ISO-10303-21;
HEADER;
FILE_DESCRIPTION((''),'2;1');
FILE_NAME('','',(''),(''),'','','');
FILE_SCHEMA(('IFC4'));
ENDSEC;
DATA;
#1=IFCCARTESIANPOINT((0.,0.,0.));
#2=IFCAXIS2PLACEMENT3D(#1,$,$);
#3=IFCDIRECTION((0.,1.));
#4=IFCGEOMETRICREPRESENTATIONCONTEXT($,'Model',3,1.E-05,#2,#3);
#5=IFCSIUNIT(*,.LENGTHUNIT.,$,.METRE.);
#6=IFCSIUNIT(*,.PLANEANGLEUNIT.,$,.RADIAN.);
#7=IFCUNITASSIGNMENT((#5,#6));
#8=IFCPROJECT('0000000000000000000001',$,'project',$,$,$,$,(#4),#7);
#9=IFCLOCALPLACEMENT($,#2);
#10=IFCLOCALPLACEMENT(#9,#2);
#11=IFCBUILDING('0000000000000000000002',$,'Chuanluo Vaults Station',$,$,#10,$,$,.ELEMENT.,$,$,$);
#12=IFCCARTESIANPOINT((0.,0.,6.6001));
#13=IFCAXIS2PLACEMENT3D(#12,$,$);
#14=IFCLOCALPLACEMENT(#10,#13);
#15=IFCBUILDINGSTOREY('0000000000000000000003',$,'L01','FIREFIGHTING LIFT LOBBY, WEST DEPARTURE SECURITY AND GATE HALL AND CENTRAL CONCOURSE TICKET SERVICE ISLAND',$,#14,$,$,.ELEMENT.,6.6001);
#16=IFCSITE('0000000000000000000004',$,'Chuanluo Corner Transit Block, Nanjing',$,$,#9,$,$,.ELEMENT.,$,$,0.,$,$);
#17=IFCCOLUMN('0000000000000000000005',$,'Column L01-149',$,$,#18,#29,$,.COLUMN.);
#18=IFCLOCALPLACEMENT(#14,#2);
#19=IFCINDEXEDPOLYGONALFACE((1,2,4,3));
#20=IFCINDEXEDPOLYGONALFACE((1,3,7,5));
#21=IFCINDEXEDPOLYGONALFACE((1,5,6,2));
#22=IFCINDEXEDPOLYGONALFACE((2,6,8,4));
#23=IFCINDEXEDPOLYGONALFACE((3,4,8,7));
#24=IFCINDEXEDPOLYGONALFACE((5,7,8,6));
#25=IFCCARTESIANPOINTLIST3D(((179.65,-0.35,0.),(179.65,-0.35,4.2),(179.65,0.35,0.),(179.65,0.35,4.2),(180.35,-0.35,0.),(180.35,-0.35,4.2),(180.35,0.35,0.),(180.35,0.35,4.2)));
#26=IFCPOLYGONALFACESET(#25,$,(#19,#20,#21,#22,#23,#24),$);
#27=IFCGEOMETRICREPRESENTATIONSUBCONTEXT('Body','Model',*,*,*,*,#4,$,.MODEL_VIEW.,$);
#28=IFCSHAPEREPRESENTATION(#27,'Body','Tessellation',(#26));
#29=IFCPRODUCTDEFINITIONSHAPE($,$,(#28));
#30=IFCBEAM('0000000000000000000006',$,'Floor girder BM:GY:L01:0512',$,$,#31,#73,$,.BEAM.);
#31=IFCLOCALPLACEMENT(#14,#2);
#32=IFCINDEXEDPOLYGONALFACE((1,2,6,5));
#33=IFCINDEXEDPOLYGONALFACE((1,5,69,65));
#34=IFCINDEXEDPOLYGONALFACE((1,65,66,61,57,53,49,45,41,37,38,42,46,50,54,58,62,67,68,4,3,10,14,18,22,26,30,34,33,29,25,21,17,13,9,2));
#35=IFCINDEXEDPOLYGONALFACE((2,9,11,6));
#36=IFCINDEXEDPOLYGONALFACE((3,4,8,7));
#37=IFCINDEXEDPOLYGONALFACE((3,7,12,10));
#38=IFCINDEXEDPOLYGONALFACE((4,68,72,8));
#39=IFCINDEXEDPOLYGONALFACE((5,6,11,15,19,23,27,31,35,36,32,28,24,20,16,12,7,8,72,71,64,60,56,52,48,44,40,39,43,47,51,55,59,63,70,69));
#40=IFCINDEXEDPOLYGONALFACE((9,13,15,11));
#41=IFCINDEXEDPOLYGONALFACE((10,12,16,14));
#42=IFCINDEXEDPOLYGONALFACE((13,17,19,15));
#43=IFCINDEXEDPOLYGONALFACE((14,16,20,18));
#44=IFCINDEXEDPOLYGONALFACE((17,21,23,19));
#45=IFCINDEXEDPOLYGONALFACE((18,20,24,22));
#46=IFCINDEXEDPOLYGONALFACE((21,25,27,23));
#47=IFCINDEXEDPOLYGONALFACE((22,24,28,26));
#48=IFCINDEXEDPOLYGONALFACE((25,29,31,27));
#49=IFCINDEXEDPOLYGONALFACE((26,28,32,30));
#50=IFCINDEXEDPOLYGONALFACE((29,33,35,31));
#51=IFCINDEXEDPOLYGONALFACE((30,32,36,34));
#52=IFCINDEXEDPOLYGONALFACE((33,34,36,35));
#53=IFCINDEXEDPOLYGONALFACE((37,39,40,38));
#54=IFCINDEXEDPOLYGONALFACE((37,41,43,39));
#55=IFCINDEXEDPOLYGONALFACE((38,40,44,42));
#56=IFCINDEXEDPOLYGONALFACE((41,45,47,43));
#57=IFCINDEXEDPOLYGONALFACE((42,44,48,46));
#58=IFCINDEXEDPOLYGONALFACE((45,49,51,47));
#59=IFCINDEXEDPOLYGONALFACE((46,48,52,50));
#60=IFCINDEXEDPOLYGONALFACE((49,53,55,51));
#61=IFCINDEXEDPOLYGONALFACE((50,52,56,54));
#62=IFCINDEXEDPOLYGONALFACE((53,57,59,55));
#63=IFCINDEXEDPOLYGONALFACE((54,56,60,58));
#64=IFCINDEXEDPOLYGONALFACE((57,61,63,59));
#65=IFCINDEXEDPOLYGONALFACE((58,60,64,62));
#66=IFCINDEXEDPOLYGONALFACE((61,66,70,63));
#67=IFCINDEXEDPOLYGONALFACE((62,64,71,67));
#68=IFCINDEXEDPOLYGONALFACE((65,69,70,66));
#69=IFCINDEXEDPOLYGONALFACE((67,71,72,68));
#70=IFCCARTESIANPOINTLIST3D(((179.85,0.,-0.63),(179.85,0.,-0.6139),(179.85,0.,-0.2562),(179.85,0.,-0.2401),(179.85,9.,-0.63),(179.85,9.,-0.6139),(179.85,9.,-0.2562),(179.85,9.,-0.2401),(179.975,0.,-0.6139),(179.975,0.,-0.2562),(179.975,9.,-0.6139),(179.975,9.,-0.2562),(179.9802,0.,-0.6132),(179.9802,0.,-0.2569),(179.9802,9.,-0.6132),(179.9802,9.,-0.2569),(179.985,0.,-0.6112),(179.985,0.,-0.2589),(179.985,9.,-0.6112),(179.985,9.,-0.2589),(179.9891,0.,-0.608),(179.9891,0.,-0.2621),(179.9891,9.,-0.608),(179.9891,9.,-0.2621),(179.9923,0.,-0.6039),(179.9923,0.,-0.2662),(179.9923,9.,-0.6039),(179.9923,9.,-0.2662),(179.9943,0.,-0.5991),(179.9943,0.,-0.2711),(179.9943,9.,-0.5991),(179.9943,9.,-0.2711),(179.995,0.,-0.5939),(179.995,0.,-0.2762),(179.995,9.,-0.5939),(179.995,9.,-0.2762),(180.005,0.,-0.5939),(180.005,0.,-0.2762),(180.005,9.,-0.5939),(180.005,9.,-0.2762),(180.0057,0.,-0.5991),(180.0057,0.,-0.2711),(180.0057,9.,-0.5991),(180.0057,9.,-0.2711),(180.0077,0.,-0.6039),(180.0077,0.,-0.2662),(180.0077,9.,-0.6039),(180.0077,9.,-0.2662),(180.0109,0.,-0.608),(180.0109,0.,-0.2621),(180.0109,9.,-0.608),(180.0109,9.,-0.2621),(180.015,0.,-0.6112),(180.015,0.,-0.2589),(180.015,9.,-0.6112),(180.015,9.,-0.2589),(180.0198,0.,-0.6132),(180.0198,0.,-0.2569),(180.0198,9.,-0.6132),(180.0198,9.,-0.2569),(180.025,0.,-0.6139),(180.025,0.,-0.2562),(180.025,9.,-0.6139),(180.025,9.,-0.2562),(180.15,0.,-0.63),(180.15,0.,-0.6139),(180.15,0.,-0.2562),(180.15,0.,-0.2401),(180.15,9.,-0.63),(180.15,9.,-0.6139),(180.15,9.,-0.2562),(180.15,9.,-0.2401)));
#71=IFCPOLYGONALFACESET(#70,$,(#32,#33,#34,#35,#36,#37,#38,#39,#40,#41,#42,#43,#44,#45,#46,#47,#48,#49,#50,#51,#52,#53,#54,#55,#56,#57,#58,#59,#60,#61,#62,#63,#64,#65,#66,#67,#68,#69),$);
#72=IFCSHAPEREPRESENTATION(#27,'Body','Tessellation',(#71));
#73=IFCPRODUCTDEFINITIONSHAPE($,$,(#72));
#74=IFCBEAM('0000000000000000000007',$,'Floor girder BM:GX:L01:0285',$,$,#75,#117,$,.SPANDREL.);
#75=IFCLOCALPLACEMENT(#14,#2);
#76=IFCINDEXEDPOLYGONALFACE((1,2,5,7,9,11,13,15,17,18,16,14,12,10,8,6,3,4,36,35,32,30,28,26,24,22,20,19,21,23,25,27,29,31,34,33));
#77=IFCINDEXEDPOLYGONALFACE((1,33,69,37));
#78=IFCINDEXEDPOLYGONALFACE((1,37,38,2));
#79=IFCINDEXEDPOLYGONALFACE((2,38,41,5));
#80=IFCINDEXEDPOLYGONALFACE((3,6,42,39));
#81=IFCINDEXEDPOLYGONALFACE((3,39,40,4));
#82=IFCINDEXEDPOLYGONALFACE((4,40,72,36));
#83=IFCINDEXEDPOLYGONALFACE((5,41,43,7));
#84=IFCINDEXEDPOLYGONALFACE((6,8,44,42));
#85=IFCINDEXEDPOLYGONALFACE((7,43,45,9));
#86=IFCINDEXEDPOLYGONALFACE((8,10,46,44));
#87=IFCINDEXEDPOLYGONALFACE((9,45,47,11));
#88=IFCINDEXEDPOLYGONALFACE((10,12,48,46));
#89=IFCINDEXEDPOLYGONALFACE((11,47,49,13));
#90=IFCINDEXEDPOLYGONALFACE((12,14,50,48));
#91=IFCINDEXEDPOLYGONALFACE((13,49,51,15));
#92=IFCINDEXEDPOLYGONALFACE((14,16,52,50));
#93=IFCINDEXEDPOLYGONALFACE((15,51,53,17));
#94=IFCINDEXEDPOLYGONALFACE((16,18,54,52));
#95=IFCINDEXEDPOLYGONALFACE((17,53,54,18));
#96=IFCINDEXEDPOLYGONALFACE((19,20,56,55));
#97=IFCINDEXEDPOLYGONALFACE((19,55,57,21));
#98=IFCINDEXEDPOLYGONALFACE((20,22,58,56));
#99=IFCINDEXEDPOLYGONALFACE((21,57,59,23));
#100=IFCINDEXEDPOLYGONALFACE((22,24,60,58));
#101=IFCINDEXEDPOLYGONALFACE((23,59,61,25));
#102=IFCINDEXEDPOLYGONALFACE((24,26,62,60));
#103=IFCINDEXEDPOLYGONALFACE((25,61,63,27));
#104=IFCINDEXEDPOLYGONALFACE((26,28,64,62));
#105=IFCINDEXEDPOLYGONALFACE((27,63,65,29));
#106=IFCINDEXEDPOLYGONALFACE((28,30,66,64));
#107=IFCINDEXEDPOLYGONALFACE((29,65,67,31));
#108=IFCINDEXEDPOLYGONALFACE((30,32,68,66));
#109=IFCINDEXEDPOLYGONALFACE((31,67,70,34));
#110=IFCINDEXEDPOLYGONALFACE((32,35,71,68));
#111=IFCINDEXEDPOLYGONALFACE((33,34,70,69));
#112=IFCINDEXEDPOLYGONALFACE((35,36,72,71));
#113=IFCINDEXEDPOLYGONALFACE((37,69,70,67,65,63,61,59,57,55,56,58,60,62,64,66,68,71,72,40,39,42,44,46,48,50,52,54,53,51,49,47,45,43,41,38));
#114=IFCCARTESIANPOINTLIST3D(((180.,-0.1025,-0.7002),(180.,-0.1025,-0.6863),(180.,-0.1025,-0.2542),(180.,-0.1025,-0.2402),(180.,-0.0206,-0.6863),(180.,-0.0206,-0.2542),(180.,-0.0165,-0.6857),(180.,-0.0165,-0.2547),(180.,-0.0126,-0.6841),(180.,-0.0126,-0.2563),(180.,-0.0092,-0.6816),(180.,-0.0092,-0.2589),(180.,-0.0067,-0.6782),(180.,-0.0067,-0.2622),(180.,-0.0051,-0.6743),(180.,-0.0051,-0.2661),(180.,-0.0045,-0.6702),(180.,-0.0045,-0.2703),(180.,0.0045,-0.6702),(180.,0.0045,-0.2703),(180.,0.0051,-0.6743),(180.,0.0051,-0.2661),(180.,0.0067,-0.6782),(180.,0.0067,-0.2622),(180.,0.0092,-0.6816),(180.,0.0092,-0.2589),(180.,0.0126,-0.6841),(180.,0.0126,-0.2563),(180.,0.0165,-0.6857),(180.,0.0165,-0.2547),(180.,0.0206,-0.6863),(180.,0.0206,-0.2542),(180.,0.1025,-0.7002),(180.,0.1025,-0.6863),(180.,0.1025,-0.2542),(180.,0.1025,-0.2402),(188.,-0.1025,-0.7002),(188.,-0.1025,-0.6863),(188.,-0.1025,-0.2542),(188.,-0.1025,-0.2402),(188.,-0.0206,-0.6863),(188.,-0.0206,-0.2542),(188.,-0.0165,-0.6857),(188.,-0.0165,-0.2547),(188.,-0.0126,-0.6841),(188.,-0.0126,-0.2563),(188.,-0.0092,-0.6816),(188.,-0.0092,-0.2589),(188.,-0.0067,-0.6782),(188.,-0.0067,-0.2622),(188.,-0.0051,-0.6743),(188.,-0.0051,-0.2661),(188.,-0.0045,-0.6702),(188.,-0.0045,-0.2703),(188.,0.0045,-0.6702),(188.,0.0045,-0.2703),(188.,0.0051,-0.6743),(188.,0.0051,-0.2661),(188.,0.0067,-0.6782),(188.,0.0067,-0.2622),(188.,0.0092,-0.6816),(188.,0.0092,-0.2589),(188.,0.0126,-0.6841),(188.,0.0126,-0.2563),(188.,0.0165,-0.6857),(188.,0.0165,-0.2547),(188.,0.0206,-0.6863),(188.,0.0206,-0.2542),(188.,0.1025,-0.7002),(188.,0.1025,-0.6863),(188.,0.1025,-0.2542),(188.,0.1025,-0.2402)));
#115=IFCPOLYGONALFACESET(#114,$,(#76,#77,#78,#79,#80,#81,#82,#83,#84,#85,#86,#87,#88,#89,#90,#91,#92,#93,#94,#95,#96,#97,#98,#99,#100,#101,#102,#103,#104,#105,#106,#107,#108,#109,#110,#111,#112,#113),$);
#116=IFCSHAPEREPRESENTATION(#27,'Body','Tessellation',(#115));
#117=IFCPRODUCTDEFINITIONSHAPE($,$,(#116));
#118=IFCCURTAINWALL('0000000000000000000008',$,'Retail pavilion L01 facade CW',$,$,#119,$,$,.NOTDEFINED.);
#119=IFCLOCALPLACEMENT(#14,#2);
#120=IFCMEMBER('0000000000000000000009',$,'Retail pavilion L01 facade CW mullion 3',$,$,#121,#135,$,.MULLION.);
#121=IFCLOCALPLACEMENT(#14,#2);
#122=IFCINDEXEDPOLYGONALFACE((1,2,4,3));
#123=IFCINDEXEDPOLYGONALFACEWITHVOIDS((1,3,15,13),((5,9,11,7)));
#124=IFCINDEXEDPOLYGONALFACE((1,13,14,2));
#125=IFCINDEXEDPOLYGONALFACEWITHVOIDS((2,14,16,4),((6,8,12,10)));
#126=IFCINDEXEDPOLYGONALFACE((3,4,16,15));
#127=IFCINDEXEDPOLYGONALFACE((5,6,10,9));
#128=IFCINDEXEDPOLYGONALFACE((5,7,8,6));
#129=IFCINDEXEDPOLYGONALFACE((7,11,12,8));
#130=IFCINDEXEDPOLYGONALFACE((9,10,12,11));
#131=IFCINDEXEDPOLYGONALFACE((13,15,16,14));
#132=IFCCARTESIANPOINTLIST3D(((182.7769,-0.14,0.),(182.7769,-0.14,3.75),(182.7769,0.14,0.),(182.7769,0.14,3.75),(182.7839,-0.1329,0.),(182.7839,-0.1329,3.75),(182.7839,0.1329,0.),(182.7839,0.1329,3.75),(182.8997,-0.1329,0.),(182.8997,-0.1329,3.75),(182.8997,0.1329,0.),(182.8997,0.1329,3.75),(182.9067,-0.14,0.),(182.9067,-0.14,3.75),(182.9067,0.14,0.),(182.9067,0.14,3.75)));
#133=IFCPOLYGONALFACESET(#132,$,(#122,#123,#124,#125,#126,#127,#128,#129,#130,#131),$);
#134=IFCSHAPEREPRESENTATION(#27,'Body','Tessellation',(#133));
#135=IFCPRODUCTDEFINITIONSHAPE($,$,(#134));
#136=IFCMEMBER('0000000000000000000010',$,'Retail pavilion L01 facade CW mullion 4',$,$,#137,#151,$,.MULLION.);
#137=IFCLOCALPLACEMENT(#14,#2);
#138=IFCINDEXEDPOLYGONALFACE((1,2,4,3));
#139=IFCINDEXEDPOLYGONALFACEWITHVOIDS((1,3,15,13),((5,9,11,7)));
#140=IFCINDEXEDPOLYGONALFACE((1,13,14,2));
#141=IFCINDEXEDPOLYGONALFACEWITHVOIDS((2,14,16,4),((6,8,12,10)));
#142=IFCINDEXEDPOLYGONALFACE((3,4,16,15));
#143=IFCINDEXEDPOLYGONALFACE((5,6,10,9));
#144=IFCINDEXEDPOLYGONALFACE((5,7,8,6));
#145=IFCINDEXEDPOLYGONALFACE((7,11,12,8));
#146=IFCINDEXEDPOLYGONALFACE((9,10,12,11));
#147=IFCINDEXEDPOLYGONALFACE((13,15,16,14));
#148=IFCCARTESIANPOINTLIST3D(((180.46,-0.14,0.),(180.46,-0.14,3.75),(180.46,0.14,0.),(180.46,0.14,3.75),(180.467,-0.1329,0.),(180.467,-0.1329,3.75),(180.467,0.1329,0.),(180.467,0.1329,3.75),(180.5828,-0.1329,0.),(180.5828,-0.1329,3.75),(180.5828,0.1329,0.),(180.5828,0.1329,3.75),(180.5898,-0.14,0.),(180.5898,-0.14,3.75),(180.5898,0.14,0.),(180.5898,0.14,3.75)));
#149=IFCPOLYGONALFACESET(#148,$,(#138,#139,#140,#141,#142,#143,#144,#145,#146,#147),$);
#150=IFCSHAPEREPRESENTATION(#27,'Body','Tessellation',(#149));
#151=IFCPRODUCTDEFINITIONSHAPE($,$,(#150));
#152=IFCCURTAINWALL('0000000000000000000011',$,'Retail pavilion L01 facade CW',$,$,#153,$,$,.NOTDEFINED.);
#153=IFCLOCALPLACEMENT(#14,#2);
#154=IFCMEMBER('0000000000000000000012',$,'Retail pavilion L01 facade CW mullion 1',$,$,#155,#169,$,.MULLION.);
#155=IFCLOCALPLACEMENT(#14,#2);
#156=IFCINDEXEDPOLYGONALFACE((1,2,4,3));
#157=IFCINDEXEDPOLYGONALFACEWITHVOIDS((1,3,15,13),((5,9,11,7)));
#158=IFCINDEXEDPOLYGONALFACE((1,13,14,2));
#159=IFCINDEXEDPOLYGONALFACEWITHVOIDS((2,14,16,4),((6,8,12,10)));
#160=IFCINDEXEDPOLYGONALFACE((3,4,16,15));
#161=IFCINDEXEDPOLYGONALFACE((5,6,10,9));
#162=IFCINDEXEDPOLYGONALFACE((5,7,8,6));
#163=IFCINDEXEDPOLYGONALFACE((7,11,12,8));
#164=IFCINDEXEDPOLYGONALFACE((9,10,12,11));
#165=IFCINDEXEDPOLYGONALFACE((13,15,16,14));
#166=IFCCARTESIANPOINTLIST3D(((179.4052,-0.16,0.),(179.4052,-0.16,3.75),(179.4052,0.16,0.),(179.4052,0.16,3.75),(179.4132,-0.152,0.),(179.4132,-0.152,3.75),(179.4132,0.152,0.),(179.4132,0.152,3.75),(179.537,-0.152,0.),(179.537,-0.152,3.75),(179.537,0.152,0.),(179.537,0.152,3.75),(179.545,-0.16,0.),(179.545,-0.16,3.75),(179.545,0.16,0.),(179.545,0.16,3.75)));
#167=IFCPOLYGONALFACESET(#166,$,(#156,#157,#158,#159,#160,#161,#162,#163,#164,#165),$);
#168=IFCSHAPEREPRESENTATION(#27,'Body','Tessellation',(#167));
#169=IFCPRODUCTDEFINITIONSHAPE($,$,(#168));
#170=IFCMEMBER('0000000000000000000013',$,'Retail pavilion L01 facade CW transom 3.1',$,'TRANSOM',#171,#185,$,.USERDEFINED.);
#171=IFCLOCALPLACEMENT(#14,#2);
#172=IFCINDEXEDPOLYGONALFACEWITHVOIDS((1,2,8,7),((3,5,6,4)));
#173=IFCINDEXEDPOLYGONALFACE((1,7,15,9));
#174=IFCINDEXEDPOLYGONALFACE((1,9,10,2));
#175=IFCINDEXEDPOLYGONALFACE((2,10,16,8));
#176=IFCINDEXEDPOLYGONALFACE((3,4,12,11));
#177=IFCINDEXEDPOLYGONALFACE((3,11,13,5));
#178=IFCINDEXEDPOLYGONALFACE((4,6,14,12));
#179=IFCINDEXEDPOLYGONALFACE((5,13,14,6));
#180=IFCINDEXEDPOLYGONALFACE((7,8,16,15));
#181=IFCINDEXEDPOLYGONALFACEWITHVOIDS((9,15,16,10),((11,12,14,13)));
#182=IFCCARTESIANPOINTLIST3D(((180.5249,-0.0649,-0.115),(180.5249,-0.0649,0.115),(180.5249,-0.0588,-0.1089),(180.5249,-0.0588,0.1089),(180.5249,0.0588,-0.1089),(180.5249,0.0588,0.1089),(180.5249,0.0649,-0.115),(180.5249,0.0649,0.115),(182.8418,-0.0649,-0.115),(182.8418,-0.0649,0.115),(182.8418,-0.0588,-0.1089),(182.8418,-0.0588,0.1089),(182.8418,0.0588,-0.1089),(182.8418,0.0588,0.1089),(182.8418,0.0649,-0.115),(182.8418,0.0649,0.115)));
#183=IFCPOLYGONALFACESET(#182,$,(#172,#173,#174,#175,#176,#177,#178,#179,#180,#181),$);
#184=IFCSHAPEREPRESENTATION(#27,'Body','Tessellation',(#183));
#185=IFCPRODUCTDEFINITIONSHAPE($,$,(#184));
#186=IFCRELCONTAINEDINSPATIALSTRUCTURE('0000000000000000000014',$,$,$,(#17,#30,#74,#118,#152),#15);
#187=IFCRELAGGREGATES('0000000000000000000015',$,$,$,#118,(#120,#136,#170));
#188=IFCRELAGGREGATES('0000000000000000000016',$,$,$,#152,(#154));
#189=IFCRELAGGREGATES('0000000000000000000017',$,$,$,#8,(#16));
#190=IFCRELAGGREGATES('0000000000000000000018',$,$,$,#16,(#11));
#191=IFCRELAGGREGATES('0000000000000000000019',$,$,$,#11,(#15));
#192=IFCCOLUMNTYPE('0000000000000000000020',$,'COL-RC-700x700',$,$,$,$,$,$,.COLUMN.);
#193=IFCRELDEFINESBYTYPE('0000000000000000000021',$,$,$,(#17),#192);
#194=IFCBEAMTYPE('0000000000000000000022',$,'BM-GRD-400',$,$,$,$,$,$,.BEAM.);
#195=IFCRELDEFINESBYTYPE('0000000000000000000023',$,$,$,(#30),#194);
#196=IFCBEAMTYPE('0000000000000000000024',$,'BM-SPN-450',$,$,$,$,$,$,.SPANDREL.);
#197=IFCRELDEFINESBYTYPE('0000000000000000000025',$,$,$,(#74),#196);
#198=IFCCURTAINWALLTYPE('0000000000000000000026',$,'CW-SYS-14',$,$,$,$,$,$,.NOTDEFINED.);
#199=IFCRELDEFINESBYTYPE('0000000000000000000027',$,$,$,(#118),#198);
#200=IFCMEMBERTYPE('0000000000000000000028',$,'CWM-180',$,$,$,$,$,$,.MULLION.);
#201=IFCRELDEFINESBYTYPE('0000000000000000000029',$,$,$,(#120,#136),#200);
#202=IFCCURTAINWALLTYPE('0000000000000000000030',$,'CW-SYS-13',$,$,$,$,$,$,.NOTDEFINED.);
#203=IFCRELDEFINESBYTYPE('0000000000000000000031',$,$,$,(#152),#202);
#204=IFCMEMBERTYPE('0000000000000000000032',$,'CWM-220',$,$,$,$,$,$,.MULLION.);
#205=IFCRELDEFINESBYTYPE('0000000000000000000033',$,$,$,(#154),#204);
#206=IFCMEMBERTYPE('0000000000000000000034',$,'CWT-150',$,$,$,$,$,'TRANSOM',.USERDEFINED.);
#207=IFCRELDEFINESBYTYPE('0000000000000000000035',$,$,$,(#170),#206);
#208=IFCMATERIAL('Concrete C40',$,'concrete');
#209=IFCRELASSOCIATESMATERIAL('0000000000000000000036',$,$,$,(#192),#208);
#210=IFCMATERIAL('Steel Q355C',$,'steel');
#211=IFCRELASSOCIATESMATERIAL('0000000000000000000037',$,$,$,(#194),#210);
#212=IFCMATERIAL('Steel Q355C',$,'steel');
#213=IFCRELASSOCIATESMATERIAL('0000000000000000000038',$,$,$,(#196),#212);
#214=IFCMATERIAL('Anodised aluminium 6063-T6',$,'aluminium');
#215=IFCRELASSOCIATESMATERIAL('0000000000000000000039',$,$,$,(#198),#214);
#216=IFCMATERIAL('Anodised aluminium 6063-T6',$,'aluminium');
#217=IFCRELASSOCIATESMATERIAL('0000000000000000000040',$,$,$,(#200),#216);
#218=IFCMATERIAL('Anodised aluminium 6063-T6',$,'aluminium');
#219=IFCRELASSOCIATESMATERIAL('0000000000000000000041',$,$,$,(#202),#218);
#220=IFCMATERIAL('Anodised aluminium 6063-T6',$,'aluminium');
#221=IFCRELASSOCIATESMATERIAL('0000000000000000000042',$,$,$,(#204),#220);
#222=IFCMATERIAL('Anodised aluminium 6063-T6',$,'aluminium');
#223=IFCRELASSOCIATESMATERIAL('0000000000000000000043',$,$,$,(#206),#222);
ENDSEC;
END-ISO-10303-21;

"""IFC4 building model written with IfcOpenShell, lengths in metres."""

from ifc_helpers import new_model, si_unit, direction, frame, origin, origin_2d, place, context, subcontext, project, spatial, rectangle, hollow_rectangle, i_section, extrude, material, material_profile, profile_set, type_object, element, aggregate, save


model = new_model("IFC4")

# Units and contexts
model_context = context("Model", 3, precision=1e-05, world=origin(), true_north=direction((0.0, 1.0)))
body_context = subcontext(model_context, "Body", "Model", "MODEL_VIEW")
ifc_project = project(units=[si_unit("LENGTHUNIT", "METRE"), si_unit("PLANEANGLEUNIT", "RADIAN")], contexts=[model_context])

# Site, building, storey
site_placement = place(None, origin())
site = spatial("IfcSite", under=ifc_project, at=site_placement, Name="Chuanluo Corner Transit Block, Nanjing", CompositionType="ELEMENT", RefElevation=0.0)
building_placement = place(site_placement, origin())
building = spatial("IfcBuilding", under=site, at=building_placement, Name="Chuanluo Vaults Station", CompositionType="ELEMENT")
storey_placement = place(building_placement, frame((0.0, 0.0, 6.6001)))
storey = spatial("IfcBuildingStorey", under=building, at=storey_placement, Name="L01", Description="FIREFIGHTING LIFT LOBBY, WEST DEPARTURE SECURITY AND GATE HALL AND CENTRAL CONCOURSE TICKET SERVICE ISLAND", CompositionType="ELEMENT", Elevation=6.6001)

# Column
ifc_material_1 = material(Name="Concrete C40", Category="concrete")
ifc_material_profile_1 = material_profile(ifc_material_1, rectangle(XDim=0.7, YDim=0.7, at=origin_2d()))
ifc_profile_set_1 = profile_set([ifc_material_profile_1], Name="Concrete C40")
column_type = type_object("IfcColumnType", Name="COL-RC-700x700", PredefinedType="COLUMN", material=ifc_profile_set_1)
column_placement = place(storey_placement, frame((180.0, 0.0, 0.0), z_axis=(0.0, 0.0, 1.0), x_axis=(1.0, 0.0, 0.0)))
element("IfcColumn", 1, at=column_placement, inside=storey, type_object=column_type, Name="Column L01-149", PredefinedType="COLUMN", context=body_context, shape_type="SweptSolid", body=[
    extrude(rectangle(XDim=0.7, YDim=0.7, at=origin_2d()), origin(), (0.0, 0.0, 1.0), 4.2),
])

# Beams
ifc_material_2 = material(Name="Steel Q355C", Category="steel")
ifc_material_profile_2 = material_profile(ifc_material_2, i_section(OverallWidth=0.3, OverallDepth=0.3899, WebThickness=0.01, FlangeThickness=0.0161, FilletRadius=0.02, at=origin_2d()))
ifc_profile_set_2 = profile_set([ifc_material_profile_2], Name="Steel Q355C")
beam_type_1 = type_object("IfcBeamType", Name="BM-GRD-400", PredefinedType="BEAM", material=ifc_profile_set_2)
beam_1_placement = place(storey_placement, frame((180.0, 0.0, -0.4351), z_axis=(0.0, 1.0, 0.0), x_axis=(-1.0, 0.0, 0.0)))
element("IfcBeam", 2, at=beam_1_placement, inside=storey, type_object=beam_type_1, Name="Floor girder BM:GY:L01:0512", PredefinedType="BEAM", context=body_context, shape_type="SweptSolid", body=[
    extrude(i_section(OverallWidth=0.3, OverallDepth=0.3899, WebThickness=0.01, FlangeThickness=0.0161, FilletRadius=0.02, at=origin_2d()), origin(), (0.0, 0.0, 1.0), 9.0),
])
ifc_material_3 = material(Name="Steel Q355C", Category="steel")
ifc_material_profile_3 = material_profile(ifc_material_3, i_section(OverallWidth=0.2051, OverallDepth=0.46, WebThickness=0.009, FlangeThickness=0.0139, FilletRadius=0.0161, at=origin_2d()))
ifc_profile_set_3 = profile_set([ifc_material_profile_3], Name="Steel Q355C")
beam_type_2 = type_object("IfcBeamType", Name="BM-SPN-450", PredefinedType="SPANDREL", material=ifc_profile_set_3)
beam_2_placement = place(storey_placement, frame((180.0, 0.0, -0.4702), z_axis=(1.0, 0.0, 0.0), x_axis=(0.0, 1.0, 0.0)))
element("IfcBeam", 3, at=beam_2_placement, inside=storey, type_object=beam_type_2, Name="Floor girder BM:GX:L01:0285", PredefinedType="SPANDREL", context=body_context, shape_type="SweptSolid", body=[
    extrude(i_section(OverallWidth=0.2051, OverallDepth=0.46, WebThickness=0.009, FlangeThickness=0.0139, FilletRadius=0.0161, at=origin_2d()), origin(), (0.0, 0.0, 1.0), 8.0),
])

# Curtain wall, members
ifc_material_4 = material(Name="Anodised aluminium 6063-T6", Category="aluminium")
curtain_wall_type_1 = type_object("IfcCurtainWallType", Name="CW-SYS-14", PredefinedType="NOTDEFINED", material=ifc_material_4)
curtain_wall_1_placement = place(storey_placement, origin())
curtain_wall_1 = element("IfcCurtainWall", 4, at=curtain_wall_1_placement, inside=storey, type_object=curtain_wall_type_1, Name="Retail pavilion L01 facade CW", PredefinedType="NOTDEFINED")
ifc_material_5 = material(Name="Anodised aluminium 6063-T6", Category="aluminium")
ifc_material_profile_4 = material_profile(ifc_material_5, hollow_rectangle(XDim=0.1299, YDim=0.28, WallThickness=0.0071, at=origin_2d()))
ifc_profile_set_4 = profile_set([ifc_material_profile_4], Name="Anodised aluminium 6063-T6")
member_type_1 = type_object("IfcMemberType", Name="CWM-180", PredefinedType="MULLION", material=ifc_profile_set_4)
member_1_placement = place(storey_placement, frame((182.8418, 0.0, 0.0), z_axis=(0.0, 0.0, 1.0), x_axis=(-1.0, 0.0, 0.0)))
member_1 = element("IfcMember", 5, at=member_1_placement, type_object=member_type_1, Name="Retail pavilion L01 facade CW mullion 3", PredefinedType="MULLION", context=body_context, shape_type="SweptSolid", body=[
    extrude(hollow_rectangle(XDim=0.1299, YDim=0.28, WallThickness=0.0071, at=origin_2d()), origin(), (0.0, 0.0, 1.0), 3.75),
])
member_2_placement = place(storey_placement, frame((180.5249, 0.0, 0.0), z_axis=(0.0, 0.0, 1.0), x_axis=(-1.0, 0.0, 0.0)))
member_2 = element("IfcMember", 6, at=member_2_placement, type_object=member_type_1, Name="Retail pavilion L01 facade CW mullion 4", PredefinedType="MULLION", context=body_context, shape_type="SweptSolid", body=[
    extrude(hollow_rectangle(XDim=0.1299, YDim=0.28, WallThickness=0.0071, at=origin_2d()), origin(), (0.0, 0.0, 1.0), 3.75),
])

# Curtain wall, member
ifc_material_6 = material(Name="Anodised aluminium 6063-T6", Category="aluminium")
curtain_wall_type_2 = type_object("IfcCurtainWallType", Name="CW-SYS-13", PredefinedType="NOTDEFINED", material=ifc_material_6)
curtain_wall_2_placement = place(storey_placement, origin())
curtain_wall_2 = element("IfcCurtainWall", 7, at=curtain_wall_2_placement, inside=storey, type_object=curtain_wall_type_2, Name="Retail pavilion L01 facade CW", PredefinedType="NOTDEFINED")
ifc_material_7 = material(Name="Anodised aluminium 6063-T6", Category="aluminium")
ifc_material_profile_5 = material_profile(ifc_material_7, hollow_rectangle(XDim=0.1399, YDim=0.3201, WallThickness=0.0081, at=origin_2d()))
ifc_profile_set_5 = profile_set([ifc_material_profile_5], Name="Anodised aluminium 6063-T6")
member_type_2 = type_object("IfcMemberType", Name="CWM-220", PredefinedType="MULLION", material=ifc_profile_set_5)
member_3_placement = place(storey_placement, frame((179.4751, 0.0, 0.0), z_axis=(0.0, 0.0, 1.0), x_axis=(-1.0, 0.0, 0.0)))
member_3 = element("IfcMember", 8, at=member_3_placement, type_object=member_type_2, Name="Retail pavilion L01 facade CW mullion 1", PredefinedType="MULLION", context=body_context, shape_type="SweptSolid", body=[
    extrude(hollow_rectangle(XDim=0.1399, YDim=0.3201, WallThickness=0.0081, at=origin_2d()), origin(), (0.0, 0.0, 1.0), 3.75),
])

# Member
ifc_material_8 = material(Name="Anodised aluminium 6063-T6", Category="aluminium")
ifc_material_profile_6 = material_profile(ifc_material_8, hollow_rectangle(XDim=0.1299, YDim=0.23, WallThickness=0.0061, at=origin_2d()))
ifc_profile_set_6 = profile_set([ifc_material_profile_6], Name="Anodised aluminium 6063-T6")
member_type_3 = type_object("IfcMemberType", Name="CWT-150", ElementType="TRANSOM", PredefinedType="USERDEFINED", material=ifc_profile_set_6)
member_4_placement = place(storey_placement, frame((182.8418, 0.0, 0.0), z_axis=(-1.0, 0.0, 0.0), x_axis=(0.0, -1.0, 0.0)))
member_4 = element("IfcMember", 9, at=member_4_placement, type_object=member_type_3, Name="Retail pavilion L01 facade CW transom 3.1", ObjectType="TRANSOM", PredefinedType="USERDEFINED", context=body_context, shape_type="SweptSolid", body=[
    extrude(hollow_rectangle(XDim=0.1299, YDim=0.23, WallThickness=0.0061, at=origin_2d()), origin(), (0.0, 0.0, 1.0), 2.3169),
])

aggregate(curtain_wall_1, [member_1, member_2, member_4])
aggregate(curtain_wall_2, [member_3])

save(model, "model.ifc")
